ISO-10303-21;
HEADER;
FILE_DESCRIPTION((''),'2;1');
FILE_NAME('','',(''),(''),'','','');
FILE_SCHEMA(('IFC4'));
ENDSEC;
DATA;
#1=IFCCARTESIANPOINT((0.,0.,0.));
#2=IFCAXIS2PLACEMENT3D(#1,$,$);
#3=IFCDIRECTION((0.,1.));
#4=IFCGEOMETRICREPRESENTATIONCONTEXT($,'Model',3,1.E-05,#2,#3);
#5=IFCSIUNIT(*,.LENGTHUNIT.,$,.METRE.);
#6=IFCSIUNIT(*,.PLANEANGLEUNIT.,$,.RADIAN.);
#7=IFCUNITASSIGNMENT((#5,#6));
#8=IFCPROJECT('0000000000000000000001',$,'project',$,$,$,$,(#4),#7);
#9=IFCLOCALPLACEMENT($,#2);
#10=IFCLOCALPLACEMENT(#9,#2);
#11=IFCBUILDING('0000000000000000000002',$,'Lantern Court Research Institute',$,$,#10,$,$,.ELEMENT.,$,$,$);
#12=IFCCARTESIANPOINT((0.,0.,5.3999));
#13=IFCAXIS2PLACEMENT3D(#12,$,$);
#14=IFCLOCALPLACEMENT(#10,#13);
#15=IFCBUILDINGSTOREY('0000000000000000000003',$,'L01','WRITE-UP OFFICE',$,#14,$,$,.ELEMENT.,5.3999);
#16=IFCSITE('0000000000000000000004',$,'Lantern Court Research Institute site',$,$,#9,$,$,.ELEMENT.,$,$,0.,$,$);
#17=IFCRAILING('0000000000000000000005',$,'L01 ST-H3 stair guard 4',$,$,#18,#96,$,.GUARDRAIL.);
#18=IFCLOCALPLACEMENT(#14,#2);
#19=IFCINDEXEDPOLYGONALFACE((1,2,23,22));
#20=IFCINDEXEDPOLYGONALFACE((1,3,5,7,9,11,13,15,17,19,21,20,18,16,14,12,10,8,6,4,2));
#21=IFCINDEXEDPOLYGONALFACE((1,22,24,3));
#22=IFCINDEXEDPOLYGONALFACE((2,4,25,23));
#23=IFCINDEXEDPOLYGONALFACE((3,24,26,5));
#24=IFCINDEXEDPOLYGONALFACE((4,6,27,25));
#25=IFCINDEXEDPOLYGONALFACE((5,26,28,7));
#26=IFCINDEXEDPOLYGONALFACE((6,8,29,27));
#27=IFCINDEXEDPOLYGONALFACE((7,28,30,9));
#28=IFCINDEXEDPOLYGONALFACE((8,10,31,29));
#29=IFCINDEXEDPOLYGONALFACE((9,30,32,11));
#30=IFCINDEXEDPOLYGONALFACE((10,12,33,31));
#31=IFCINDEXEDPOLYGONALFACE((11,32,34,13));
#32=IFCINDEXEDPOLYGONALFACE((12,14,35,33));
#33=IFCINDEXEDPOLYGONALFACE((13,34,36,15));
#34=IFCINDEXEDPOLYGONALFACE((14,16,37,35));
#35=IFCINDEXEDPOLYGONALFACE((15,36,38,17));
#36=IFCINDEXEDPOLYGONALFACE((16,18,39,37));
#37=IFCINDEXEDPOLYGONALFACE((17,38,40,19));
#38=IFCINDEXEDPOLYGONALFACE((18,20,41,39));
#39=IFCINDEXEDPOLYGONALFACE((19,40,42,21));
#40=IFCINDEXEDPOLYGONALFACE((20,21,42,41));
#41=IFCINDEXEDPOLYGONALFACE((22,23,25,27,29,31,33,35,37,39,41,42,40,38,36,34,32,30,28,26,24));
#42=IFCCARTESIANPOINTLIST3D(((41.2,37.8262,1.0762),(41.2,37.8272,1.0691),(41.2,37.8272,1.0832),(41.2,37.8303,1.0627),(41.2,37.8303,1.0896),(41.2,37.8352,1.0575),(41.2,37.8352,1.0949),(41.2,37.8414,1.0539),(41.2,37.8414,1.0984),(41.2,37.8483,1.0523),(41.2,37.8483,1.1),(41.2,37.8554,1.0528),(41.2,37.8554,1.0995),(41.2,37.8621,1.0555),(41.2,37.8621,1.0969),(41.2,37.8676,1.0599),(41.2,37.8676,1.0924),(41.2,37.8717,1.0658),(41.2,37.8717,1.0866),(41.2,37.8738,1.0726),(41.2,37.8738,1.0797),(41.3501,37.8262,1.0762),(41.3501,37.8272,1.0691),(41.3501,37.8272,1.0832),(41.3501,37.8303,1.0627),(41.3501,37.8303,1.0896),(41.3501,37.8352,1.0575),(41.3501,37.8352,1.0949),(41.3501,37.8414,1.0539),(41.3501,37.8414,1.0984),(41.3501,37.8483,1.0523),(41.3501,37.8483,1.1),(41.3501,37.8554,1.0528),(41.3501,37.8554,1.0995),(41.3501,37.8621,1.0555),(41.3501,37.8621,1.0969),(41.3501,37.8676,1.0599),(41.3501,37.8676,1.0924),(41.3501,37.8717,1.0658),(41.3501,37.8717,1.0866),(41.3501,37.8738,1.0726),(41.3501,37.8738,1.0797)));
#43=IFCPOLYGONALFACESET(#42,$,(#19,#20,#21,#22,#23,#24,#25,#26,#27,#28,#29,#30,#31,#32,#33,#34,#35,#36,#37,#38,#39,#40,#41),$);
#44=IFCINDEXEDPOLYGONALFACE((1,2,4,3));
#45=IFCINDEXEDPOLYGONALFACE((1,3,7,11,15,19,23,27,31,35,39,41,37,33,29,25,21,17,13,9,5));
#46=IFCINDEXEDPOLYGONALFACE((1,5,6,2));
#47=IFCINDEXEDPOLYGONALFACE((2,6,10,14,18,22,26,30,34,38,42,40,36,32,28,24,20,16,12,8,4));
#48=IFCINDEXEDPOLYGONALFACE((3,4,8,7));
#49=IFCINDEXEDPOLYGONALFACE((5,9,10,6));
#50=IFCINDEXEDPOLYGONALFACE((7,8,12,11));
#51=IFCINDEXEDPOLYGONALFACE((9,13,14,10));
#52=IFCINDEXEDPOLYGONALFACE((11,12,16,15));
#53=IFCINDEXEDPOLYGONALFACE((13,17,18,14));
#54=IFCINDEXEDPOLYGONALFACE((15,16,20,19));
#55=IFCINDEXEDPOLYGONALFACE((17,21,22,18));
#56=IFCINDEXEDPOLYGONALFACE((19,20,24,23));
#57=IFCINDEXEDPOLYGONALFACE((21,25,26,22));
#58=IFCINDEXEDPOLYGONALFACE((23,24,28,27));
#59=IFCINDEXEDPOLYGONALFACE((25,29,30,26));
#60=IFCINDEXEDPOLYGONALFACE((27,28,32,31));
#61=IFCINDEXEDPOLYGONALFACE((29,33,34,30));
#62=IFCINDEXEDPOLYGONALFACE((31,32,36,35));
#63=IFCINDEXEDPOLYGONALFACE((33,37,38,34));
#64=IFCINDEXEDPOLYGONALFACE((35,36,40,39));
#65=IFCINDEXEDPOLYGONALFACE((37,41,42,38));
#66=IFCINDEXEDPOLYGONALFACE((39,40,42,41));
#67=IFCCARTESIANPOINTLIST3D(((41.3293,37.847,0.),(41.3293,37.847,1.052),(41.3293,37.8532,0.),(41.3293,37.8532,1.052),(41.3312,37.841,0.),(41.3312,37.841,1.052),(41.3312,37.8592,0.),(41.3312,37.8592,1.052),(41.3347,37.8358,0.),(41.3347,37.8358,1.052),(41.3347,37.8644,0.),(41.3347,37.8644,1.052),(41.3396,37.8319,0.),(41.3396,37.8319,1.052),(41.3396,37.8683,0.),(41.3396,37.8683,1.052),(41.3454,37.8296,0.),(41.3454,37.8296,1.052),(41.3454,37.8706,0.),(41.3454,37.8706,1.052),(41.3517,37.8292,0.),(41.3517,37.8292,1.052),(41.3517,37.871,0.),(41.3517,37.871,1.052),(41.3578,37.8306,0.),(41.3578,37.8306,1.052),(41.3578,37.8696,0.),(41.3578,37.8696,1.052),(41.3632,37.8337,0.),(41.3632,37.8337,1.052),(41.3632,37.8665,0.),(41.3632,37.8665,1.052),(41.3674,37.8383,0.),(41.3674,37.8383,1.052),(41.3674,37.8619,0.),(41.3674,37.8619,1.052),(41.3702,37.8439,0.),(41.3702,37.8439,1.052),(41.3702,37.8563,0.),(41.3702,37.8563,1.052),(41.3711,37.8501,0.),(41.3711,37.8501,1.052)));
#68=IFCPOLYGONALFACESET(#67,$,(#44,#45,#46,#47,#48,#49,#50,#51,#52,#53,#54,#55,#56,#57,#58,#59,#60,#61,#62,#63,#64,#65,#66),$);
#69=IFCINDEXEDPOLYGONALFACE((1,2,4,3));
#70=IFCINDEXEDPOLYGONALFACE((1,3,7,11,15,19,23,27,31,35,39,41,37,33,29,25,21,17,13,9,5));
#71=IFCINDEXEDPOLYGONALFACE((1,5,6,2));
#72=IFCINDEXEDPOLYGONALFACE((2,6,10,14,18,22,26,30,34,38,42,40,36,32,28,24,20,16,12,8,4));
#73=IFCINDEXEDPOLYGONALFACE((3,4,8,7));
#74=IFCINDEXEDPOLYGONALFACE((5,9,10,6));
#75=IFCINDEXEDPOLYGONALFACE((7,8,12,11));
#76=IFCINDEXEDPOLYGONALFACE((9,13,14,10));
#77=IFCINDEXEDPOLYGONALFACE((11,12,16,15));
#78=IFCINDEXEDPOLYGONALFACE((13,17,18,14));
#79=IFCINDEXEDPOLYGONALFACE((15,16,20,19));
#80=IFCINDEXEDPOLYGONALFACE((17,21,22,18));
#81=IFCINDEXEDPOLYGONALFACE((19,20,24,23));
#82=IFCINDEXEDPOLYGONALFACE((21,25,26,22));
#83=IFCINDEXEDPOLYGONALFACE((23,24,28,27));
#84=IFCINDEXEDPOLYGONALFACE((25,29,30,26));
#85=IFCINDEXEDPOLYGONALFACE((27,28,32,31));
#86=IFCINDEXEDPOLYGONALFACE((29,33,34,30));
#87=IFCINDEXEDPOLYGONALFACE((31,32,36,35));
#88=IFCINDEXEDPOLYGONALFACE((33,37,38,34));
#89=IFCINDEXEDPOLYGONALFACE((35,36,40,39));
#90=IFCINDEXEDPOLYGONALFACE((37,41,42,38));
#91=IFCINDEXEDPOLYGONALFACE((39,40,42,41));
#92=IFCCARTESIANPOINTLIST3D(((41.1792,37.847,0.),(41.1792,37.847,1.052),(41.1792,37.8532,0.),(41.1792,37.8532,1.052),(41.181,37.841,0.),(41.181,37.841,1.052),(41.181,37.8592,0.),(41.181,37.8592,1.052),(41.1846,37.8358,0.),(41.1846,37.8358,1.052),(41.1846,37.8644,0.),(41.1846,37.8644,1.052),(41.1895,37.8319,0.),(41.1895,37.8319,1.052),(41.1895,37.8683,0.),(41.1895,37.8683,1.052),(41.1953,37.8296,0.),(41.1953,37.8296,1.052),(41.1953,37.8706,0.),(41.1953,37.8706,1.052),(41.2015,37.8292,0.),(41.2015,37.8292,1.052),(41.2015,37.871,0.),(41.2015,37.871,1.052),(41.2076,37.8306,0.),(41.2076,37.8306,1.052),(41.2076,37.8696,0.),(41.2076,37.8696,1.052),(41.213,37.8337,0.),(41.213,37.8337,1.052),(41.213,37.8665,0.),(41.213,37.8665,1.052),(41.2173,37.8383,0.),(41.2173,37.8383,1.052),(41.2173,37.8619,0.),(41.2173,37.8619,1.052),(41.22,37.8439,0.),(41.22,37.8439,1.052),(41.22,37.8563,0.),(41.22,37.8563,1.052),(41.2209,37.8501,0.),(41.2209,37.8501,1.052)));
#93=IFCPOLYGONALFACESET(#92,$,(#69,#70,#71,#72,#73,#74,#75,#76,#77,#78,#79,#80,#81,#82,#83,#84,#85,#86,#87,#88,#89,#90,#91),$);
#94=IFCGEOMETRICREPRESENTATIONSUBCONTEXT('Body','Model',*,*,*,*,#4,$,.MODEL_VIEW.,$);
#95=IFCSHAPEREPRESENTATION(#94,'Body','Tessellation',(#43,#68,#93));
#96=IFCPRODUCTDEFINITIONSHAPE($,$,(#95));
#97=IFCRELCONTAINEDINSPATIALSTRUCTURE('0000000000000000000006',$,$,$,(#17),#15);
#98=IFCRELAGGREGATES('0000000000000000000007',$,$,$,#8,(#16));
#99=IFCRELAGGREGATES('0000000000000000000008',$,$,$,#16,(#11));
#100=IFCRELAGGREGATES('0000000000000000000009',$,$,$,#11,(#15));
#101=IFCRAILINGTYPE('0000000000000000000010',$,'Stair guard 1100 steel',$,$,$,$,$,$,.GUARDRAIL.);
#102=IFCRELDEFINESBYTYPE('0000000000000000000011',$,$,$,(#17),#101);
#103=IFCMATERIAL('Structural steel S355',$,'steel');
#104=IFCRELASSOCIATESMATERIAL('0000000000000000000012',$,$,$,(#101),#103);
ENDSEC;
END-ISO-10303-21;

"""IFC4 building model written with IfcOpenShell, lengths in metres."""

from ifc_helpers import new_model, si_unit, direction, frame, origin, origin_2d, place, context, subcontext, project, spatial, circle, extrude, material, type_object, element, save


model = new_model("IFC4")

# Units and contexts
model_context = context("Model", 3, precision=1e-05, world=origin(), true_north=direction((0.0, 1.0)))
body_context = subcontext(model_context, "Body", "Model", "MODEL_VIEW")
ifc_project = project(units=[si_unit("LENGTHUNIT", "METRE"), si_unit("PLANEANGLEUNIT", "RADIAN")], contexts=[model_context])

# Site, building, storey
site_placement = place(None, origin())
site = spatial("IfcSite", under=ifc_project, at=site_placement, Name="Lantern Court Research Institute site", CompositionType="ELEMENT", RefElevation=0.0)
building_placement = place(site_placement, origin())
building = spatial("IfcBuilding", under=site, at=building_placement, Name="Lantern Court Research Institute", CompositionType="ELEMENT")
storey_placement = place(building_placement, frame((0.0, 0.0, 5.3999)))
storey = spatial("IfcBuildingStorey", under=building, at=storey_placement, Name="L01", Description="WRITE-UP OFFICE", CompositionType="ELEMENT", Elevation=5.3999)

# Railing
ifc_material_1 = material(Name="Structural steel S355", Category="steel")
railing_type_1 = type_object("IfcRailingType", Name="Stair guard 1100 steel", PredefinedType="GUARDRAIL", material=ifc_material_1)
railing_1_placement = place(storey_placement, frame((41.3501, 37.8501, 0.0)))
element("IfcRailing", 1, at=railing_1_placement, inside=storey, type_object=railing_type_1, Name="L01 ST-H3 stair guard 4", PredefinedType="GUARDRAIL", context=body_context, shape_type="SweptSolid", body=[
    extrude(circle(Radius=0.0239, at=origin_2d()), frame((0.0, 0.0, 1.0762), z_axis=(-1.0, 0.0, 0.0), x_axis=(0.0, -1.0, 0.0)), (0.0, 0.0, 1.0), 0.1501),
    extrude(circle(Radius=0.021, at=origin_2d()), origin(), (0.0, 0.0, 1.0), 1.052),
    extrude(circle(Radius=0.021, at=origin_2d()), frame((-0.1501, 0.0, 0.0)), (0.0, 0.0, 1.0), 1.052),
])

save(model, "model.ifc")
